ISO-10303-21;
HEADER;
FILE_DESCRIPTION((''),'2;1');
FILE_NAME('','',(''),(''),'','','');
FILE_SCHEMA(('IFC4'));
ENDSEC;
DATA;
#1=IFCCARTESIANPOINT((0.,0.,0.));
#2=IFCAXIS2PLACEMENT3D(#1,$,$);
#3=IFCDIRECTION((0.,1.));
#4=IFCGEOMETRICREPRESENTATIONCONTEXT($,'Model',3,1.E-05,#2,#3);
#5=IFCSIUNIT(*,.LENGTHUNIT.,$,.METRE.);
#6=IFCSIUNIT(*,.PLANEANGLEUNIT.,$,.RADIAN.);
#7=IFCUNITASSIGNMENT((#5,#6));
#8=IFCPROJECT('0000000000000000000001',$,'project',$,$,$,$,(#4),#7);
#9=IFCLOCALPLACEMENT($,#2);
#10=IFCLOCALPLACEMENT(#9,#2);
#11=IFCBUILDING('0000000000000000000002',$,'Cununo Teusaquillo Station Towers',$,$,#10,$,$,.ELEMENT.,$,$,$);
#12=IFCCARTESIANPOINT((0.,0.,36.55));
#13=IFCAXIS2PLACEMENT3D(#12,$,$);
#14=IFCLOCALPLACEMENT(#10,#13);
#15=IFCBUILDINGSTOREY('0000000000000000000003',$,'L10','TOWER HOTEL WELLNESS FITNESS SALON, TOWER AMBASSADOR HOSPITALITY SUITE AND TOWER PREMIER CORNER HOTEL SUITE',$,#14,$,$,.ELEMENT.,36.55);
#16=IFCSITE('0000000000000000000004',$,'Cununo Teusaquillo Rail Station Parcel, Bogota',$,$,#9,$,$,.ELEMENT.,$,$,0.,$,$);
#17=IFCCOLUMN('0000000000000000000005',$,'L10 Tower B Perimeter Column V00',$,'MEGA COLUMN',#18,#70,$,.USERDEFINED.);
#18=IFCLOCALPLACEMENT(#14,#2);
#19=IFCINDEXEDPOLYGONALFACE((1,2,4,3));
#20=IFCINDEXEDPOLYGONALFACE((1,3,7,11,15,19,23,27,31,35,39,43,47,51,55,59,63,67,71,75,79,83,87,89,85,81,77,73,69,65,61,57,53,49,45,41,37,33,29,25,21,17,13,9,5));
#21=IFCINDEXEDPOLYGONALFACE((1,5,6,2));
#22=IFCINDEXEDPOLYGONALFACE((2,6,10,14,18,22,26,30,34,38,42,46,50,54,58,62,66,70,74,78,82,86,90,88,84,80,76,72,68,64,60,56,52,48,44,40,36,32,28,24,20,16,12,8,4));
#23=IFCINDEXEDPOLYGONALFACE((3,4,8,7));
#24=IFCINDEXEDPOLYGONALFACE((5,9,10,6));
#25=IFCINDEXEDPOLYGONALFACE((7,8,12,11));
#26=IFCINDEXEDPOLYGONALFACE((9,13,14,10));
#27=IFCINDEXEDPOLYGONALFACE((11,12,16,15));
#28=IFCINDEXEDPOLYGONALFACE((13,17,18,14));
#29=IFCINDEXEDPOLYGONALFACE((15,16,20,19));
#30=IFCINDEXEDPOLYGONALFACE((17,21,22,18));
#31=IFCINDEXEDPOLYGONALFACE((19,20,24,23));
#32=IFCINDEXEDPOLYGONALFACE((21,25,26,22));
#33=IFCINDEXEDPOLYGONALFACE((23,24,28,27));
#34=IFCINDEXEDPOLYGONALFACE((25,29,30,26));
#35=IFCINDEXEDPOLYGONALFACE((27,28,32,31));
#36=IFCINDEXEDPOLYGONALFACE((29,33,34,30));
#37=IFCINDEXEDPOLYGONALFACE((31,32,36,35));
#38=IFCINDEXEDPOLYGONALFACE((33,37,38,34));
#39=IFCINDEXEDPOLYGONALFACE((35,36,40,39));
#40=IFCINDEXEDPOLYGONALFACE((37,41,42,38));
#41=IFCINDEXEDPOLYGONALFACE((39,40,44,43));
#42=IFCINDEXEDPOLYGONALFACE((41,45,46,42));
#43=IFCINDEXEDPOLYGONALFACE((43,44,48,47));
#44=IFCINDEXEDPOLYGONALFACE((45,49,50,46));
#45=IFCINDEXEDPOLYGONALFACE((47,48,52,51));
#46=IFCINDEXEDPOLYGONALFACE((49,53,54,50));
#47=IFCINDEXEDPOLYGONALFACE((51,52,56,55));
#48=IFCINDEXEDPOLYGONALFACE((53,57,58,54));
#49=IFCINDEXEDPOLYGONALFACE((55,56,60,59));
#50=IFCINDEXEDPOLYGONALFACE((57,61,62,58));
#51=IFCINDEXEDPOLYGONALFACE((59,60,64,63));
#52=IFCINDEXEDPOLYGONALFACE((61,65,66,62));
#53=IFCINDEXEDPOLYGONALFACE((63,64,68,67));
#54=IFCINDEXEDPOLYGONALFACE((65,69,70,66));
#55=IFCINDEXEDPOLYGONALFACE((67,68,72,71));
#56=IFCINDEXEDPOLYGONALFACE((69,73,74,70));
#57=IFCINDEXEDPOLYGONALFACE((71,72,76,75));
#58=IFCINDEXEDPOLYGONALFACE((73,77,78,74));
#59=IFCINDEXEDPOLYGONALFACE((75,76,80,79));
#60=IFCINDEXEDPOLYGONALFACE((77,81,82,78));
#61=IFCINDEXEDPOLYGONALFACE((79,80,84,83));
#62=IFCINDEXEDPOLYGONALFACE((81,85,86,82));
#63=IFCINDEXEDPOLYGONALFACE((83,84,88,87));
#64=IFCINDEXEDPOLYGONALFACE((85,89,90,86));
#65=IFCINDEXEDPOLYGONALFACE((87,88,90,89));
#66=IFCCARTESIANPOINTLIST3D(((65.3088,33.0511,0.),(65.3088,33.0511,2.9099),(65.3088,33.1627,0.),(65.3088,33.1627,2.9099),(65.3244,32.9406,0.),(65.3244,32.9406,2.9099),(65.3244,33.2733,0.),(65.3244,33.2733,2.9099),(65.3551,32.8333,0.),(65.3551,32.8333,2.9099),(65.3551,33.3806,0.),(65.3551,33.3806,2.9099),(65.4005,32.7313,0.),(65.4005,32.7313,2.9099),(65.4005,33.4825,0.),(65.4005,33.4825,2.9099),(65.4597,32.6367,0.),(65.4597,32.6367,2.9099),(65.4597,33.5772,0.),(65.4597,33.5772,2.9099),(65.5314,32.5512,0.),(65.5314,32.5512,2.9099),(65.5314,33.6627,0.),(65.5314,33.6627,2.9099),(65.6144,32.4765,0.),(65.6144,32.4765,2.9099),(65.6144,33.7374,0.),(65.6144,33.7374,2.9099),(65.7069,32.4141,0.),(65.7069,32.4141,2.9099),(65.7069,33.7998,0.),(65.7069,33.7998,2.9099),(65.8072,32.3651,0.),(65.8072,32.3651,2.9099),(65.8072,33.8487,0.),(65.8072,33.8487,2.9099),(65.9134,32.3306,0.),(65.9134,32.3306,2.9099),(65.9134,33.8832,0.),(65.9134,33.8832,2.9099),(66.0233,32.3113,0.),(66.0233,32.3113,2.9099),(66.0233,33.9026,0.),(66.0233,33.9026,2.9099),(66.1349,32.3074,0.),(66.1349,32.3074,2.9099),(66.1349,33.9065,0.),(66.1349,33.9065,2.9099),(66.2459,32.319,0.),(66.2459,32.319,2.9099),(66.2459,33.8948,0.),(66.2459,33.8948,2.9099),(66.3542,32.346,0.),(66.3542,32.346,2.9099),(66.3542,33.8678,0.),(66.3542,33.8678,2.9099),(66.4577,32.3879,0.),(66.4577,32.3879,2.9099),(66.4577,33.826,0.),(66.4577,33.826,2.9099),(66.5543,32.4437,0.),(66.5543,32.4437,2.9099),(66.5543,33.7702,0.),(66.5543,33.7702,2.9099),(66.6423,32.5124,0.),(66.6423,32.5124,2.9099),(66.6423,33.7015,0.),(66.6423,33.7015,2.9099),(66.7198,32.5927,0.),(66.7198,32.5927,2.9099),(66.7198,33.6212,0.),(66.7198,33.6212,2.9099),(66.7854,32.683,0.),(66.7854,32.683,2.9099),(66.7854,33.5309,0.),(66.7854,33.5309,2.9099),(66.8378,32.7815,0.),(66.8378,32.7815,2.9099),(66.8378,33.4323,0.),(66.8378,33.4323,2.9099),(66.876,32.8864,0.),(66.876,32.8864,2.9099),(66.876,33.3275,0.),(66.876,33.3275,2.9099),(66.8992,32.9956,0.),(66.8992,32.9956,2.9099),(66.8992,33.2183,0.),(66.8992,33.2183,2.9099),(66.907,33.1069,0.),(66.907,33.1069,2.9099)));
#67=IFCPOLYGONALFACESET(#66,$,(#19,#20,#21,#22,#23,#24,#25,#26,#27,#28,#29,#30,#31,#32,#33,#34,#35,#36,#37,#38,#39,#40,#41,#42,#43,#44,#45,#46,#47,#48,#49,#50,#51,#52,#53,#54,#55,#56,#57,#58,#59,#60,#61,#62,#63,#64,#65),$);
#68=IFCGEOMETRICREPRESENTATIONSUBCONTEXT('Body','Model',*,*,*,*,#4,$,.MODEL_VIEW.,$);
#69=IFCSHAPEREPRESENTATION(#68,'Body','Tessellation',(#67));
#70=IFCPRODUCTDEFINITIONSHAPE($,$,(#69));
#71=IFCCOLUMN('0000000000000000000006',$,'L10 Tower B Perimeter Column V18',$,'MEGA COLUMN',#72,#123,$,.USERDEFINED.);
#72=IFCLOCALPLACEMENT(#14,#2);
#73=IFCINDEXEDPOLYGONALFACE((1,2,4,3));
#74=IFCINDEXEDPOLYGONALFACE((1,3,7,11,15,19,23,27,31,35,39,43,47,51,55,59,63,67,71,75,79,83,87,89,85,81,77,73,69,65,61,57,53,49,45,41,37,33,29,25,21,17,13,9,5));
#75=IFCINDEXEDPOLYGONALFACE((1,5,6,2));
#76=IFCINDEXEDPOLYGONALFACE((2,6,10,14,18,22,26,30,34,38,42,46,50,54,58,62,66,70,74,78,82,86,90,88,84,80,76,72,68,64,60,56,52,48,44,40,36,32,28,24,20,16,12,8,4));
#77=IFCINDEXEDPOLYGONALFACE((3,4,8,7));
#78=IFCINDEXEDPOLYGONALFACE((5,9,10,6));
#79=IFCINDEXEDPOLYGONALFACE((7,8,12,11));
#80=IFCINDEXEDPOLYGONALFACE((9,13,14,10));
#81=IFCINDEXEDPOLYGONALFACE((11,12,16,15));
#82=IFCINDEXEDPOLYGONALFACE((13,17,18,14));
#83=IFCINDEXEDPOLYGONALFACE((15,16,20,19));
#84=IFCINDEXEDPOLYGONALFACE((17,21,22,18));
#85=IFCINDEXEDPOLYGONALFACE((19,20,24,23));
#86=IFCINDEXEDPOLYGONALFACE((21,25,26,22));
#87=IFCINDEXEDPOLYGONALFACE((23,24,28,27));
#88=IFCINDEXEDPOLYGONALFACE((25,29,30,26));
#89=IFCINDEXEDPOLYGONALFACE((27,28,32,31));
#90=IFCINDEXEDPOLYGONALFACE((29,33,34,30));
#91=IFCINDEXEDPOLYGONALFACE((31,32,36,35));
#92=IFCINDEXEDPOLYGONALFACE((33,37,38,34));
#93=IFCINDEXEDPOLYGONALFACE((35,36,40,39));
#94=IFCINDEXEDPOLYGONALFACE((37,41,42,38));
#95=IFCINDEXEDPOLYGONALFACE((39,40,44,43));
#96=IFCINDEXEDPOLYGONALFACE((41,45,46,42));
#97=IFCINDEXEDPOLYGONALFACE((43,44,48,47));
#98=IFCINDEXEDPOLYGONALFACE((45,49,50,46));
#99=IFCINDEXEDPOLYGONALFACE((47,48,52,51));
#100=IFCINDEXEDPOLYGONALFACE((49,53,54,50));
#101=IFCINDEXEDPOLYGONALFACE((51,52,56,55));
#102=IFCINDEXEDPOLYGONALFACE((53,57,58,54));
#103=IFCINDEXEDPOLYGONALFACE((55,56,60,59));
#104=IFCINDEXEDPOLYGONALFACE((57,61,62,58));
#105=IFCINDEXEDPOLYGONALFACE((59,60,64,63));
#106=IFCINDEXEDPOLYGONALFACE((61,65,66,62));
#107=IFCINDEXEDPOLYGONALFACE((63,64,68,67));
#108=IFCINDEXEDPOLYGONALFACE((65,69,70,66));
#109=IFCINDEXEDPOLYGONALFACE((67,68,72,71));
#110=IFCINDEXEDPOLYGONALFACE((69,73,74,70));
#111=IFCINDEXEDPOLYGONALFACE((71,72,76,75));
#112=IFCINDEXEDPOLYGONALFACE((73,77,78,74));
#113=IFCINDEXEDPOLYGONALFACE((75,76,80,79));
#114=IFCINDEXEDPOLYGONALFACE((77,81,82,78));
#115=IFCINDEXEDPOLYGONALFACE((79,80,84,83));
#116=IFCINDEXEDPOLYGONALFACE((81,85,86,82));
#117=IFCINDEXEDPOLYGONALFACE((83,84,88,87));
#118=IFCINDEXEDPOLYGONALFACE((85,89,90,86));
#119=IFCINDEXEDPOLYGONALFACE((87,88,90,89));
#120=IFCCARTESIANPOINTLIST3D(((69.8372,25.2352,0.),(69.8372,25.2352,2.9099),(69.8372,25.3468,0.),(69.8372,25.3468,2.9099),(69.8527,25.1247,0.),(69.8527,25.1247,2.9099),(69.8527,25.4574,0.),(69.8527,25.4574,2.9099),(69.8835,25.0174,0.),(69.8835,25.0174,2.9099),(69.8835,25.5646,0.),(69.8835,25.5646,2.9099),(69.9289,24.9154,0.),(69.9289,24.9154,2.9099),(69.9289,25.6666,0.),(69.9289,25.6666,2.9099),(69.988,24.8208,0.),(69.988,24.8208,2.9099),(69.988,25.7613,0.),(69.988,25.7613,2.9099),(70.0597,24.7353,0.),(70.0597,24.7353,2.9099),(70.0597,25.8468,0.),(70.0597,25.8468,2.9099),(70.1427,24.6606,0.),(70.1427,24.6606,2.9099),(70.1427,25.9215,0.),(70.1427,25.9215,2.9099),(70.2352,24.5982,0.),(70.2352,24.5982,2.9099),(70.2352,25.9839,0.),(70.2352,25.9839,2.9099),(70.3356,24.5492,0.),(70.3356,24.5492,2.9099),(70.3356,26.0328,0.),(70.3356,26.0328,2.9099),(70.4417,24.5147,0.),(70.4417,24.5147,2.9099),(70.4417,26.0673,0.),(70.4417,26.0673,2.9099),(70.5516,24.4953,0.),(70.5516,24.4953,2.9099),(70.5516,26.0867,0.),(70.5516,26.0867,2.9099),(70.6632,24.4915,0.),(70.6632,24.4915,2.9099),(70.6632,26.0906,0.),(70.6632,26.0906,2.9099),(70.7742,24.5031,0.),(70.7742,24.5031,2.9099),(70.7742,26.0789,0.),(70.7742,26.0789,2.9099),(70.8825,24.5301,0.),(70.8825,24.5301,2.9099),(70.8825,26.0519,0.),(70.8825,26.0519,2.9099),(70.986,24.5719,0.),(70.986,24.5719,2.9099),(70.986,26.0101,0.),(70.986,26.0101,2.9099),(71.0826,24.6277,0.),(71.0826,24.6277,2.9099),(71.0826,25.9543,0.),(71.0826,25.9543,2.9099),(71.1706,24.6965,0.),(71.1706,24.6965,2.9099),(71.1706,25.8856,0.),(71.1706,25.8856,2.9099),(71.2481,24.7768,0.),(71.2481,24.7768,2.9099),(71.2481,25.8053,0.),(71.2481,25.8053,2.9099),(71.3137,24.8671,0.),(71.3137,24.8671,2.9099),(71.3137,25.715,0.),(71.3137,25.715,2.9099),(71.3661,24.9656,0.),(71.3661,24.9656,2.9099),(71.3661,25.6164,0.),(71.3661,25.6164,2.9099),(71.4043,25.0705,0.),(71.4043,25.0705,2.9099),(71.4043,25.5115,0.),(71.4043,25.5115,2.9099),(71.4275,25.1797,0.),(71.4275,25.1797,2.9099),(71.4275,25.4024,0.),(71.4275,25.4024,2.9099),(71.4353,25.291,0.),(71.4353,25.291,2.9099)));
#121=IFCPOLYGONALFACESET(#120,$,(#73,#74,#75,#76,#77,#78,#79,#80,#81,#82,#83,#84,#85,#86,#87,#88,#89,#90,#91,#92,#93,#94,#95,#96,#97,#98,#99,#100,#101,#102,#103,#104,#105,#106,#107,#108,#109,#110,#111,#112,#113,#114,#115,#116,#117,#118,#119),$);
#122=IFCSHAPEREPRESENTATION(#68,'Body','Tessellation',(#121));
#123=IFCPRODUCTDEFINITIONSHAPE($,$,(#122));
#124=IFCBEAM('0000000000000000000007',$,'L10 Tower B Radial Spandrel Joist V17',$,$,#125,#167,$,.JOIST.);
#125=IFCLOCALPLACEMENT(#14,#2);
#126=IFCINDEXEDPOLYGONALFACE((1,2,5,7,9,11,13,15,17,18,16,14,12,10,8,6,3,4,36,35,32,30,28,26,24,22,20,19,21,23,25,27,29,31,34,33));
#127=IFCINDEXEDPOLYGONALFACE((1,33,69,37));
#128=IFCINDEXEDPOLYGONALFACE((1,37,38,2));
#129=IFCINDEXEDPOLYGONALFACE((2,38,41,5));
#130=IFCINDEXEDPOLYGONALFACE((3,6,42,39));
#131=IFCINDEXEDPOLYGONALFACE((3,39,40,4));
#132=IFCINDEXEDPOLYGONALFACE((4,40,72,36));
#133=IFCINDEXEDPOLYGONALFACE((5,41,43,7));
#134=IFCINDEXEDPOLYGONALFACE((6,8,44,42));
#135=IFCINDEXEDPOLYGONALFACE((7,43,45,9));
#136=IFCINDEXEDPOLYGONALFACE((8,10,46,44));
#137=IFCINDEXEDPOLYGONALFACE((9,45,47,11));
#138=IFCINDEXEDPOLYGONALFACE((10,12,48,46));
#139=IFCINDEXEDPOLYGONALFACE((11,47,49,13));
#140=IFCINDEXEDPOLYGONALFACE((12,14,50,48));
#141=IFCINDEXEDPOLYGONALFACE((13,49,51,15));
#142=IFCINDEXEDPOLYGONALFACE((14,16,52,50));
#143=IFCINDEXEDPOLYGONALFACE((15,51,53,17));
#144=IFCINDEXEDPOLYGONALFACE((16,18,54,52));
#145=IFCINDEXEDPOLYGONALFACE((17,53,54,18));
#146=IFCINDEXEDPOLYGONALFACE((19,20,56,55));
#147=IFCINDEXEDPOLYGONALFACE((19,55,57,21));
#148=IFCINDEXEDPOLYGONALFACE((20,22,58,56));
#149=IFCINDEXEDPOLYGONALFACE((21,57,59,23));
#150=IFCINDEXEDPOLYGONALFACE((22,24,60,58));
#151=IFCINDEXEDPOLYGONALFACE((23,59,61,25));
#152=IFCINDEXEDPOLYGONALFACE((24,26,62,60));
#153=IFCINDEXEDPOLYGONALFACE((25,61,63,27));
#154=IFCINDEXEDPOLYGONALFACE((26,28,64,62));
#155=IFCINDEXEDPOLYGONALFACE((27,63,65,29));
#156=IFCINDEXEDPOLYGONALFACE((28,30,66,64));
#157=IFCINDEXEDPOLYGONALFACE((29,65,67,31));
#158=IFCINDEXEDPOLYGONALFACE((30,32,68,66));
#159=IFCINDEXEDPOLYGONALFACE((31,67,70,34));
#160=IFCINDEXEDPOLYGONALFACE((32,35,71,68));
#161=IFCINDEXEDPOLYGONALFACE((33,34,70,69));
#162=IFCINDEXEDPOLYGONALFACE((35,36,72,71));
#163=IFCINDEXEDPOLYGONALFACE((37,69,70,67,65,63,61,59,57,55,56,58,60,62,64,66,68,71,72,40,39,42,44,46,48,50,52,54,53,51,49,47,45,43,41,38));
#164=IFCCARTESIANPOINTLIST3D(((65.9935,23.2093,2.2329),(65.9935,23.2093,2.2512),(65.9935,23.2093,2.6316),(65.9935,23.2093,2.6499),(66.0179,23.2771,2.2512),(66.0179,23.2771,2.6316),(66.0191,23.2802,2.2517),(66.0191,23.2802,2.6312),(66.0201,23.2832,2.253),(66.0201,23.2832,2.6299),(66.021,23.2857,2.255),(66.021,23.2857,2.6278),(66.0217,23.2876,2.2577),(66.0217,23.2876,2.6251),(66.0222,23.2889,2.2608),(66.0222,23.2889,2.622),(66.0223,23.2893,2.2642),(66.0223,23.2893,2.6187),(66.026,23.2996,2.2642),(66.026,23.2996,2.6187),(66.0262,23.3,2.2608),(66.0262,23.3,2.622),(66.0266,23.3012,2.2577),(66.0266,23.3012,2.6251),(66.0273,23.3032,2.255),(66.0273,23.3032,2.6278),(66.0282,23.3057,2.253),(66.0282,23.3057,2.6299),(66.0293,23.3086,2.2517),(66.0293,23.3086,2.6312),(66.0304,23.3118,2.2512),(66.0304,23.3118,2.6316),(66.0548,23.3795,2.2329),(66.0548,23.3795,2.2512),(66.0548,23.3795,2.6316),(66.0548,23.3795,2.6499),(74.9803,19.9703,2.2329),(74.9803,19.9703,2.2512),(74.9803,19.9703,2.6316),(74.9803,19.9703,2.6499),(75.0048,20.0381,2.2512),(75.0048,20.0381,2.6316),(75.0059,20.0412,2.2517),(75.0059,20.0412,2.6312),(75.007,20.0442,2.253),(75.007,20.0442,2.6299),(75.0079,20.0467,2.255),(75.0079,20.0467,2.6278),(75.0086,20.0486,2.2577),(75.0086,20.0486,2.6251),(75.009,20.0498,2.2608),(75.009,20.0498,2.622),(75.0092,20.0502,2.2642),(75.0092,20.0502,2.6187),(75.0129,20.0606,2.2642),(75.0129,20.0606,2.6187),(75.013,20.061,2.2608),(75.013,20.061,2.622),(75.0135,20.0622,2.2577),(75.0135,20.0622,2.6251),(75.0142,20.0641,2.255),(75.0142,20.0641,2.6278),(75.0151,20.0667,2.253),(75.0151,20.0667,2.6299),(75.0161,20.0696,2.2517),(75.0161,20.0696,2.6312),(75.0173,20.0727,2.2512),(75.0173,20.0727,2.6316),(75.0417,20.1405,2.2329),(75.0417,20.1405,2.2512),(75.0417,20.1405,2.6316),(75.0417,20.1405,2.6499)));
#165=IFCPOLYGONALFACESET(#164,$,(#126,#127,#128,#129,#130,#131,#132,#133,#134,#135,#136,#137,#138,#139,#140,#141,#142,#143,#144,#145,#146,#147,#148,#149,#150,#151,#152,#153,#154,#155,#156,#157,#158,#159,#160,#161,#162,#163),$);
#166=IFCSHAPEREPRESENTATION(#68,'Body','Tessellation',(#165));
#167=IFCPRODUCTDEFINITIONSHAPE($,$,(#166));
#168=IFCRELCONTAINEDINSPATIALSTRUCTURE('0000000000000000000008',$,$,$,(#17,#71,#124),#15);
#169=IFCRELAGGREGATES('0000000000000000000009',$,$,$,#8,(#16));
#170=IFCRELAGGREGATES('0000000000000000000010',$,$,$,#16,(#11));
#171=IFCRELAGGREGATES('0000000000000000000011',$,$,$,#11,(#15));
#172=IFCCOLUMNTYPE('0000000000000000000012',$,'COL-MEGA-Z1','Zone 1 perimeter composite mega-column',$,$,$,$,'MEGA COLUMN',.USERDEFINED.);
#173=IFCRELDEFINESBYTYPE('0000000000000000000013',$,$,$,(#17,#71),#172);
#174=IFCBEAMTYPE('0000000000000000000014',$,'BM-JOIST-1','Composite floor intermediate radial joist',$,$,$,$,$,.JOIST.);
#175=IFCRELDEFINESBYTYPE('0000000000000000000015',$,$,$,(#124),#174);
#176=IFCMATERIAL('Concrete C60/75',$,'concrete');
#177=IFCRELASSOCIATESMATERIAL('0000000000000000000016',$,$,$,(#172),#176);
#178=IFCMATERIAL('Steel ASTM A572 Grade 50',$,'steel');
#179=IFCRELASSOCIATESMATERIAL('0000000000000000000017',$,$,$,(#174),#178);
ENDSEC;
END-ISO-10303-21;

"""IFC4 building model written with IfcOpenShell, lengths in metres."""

from ifc_helpers import new_model, si_unit, direction, frame, origin, origin_2d, place, context, subcontext, project, spatial, circle, i_section, extrude, material, material_profile, profile_set, type_object, element, save


model = new_model("IFC4")

# Units and contexts
model_context = context("Model", 3, precision=1e-05, world=origin(), true_north=direction((0.0, 1.0)))
body_context = subcontext(model_context, "Body", "Model", "MODEL_VIEW")
ifc_project = project(units=[si_unit("LENGTHUNIT", "METRE"), si_unit("PLANEANGLEUNIT", "RADIAN")], contexts=[model_context])

# Site, building, storey
site_placement = place(None, origin())
site = spatial("IfcSite", under=ifc_project, at=site_placement, Name="Cununo Teusaquillo Rail Station Parcel, Bogota", CompositionType="ELEMENT", RefElevation=0.0)
building_placement = place(site_placement, origin())
building = spatial("IfcBuilding", under=site, at=building_placement, Name="Cununo Teusaquillo Station Towers", CompositionType="ELEMENT")
storey_placement = place(building_placement, frame((0.0, 0.0, 36.55)))
storey = spatial("IfcBuildingStorey", under=building, at=storey_placement, Name="L10", Description="TOWER HOTEL WELLNESS FITNESS SALON, TOWER AMBASSADOR HOSPITALITY SUITE AND TOWER PREMIER CORNER HOTEL SUITE", CompositionType="ELEMENT", Elevation=36.55)

# Columns
ifc_material_1 = material(Name="Concrete C60/75", Category="concrete")
ifc_material_profile_1 = material_profile(ifc_material_1, circle(Radius=0.8, at=origin_2d()), Name="RC-CIRC-1600")
ifc_profile_set_1 = profile_set([ifc_material_profile_1], Name="Concrete C60/75")
column_type = type_object("IfcColumnType", Name="COL-MEGA-Z1", Description="Zone 1 perimeter composite mega-column", ElementType="MEGA COLUMN", PredefinedType="USERDEFINED", material=ifc_profile_set_1)
for number, where, z_axis, x_axis, name in (
    (1, (66.1069, 33.1069, 0.0), (0.0, 0.0, 1.0), (1.0, 0.0, 0.0), "L10 Tower B Perimeter Column V00"),
    (2, (70.6353, 25.291, 0.0), (0.0, 0.0, 1.0), (1.0, 0.0, 0.0), "L10 Tower B Perimeter Column V18"),
):
    element("IfcColumn", number, at=place(storey_placement, frame(where, z_axis=z_axis, x_axis=x_axis)), inside=storey, type_object=column_type, Name=name, ObjectType="MEGA COLUMN", PredefinedType="USERDEFINED", context=body_context, shape_type="SweptSolid", body=[
        extrude(circle(Radius=0.8, at=origin_2d()), origin(), (0.0, 0.0, 1.0), 2.9099),
    ])

# Beam
ifc_material_2 = material(Name="Steel ASTM A572 Grade 50", Category="steel")
ifc_material_profile_2 = material_profile(ifc_material_2, i_section(OverallWidth=0.1809, OverallDepth=0.417, WebThickness=0.011, FlangeThickness=0.0183, FilletRadius=0.0129, at=origin_2d()), Name="W16X57")
ifc_profile_set_2 = profile_set([ifc_material_profile_2], Name="Steel ASTM A572 Grade 50")
beam_type_1 = type_object("IfcBeamType", Name="BM-JOIST-1", Description="Composite floor intermediate radial joist", PredefinedType="JOIST", material=ifc_profile_set_2)
beam_1_placement = place(storey_placement, frame((66.0242, 23.2944, 2.4414), z_axis=(0.940762, -0.339068, 0.0), x_axis=(0.339068, 0.940762, 0.0)))
element("IfcBeam", 3, at=beam_1_placement, inside=storey, type_object=beam_type_1, Name="L10 Tower B Radial Spandrel Joist V17", PredefinedType="JOIST", context=body_context, shape_type="SweptSolid", body=[
    extrude(i_section(OverallWidth=0.1809, OverallDepth=0.417, WebThickness=0.011, FlangeThickness=0.0183, FilletRadius=0.0129, at=origin_2d()), origin(), (0.0, 0.0, 1.0), 9.5527),
])

save(model, "model.ifc")
